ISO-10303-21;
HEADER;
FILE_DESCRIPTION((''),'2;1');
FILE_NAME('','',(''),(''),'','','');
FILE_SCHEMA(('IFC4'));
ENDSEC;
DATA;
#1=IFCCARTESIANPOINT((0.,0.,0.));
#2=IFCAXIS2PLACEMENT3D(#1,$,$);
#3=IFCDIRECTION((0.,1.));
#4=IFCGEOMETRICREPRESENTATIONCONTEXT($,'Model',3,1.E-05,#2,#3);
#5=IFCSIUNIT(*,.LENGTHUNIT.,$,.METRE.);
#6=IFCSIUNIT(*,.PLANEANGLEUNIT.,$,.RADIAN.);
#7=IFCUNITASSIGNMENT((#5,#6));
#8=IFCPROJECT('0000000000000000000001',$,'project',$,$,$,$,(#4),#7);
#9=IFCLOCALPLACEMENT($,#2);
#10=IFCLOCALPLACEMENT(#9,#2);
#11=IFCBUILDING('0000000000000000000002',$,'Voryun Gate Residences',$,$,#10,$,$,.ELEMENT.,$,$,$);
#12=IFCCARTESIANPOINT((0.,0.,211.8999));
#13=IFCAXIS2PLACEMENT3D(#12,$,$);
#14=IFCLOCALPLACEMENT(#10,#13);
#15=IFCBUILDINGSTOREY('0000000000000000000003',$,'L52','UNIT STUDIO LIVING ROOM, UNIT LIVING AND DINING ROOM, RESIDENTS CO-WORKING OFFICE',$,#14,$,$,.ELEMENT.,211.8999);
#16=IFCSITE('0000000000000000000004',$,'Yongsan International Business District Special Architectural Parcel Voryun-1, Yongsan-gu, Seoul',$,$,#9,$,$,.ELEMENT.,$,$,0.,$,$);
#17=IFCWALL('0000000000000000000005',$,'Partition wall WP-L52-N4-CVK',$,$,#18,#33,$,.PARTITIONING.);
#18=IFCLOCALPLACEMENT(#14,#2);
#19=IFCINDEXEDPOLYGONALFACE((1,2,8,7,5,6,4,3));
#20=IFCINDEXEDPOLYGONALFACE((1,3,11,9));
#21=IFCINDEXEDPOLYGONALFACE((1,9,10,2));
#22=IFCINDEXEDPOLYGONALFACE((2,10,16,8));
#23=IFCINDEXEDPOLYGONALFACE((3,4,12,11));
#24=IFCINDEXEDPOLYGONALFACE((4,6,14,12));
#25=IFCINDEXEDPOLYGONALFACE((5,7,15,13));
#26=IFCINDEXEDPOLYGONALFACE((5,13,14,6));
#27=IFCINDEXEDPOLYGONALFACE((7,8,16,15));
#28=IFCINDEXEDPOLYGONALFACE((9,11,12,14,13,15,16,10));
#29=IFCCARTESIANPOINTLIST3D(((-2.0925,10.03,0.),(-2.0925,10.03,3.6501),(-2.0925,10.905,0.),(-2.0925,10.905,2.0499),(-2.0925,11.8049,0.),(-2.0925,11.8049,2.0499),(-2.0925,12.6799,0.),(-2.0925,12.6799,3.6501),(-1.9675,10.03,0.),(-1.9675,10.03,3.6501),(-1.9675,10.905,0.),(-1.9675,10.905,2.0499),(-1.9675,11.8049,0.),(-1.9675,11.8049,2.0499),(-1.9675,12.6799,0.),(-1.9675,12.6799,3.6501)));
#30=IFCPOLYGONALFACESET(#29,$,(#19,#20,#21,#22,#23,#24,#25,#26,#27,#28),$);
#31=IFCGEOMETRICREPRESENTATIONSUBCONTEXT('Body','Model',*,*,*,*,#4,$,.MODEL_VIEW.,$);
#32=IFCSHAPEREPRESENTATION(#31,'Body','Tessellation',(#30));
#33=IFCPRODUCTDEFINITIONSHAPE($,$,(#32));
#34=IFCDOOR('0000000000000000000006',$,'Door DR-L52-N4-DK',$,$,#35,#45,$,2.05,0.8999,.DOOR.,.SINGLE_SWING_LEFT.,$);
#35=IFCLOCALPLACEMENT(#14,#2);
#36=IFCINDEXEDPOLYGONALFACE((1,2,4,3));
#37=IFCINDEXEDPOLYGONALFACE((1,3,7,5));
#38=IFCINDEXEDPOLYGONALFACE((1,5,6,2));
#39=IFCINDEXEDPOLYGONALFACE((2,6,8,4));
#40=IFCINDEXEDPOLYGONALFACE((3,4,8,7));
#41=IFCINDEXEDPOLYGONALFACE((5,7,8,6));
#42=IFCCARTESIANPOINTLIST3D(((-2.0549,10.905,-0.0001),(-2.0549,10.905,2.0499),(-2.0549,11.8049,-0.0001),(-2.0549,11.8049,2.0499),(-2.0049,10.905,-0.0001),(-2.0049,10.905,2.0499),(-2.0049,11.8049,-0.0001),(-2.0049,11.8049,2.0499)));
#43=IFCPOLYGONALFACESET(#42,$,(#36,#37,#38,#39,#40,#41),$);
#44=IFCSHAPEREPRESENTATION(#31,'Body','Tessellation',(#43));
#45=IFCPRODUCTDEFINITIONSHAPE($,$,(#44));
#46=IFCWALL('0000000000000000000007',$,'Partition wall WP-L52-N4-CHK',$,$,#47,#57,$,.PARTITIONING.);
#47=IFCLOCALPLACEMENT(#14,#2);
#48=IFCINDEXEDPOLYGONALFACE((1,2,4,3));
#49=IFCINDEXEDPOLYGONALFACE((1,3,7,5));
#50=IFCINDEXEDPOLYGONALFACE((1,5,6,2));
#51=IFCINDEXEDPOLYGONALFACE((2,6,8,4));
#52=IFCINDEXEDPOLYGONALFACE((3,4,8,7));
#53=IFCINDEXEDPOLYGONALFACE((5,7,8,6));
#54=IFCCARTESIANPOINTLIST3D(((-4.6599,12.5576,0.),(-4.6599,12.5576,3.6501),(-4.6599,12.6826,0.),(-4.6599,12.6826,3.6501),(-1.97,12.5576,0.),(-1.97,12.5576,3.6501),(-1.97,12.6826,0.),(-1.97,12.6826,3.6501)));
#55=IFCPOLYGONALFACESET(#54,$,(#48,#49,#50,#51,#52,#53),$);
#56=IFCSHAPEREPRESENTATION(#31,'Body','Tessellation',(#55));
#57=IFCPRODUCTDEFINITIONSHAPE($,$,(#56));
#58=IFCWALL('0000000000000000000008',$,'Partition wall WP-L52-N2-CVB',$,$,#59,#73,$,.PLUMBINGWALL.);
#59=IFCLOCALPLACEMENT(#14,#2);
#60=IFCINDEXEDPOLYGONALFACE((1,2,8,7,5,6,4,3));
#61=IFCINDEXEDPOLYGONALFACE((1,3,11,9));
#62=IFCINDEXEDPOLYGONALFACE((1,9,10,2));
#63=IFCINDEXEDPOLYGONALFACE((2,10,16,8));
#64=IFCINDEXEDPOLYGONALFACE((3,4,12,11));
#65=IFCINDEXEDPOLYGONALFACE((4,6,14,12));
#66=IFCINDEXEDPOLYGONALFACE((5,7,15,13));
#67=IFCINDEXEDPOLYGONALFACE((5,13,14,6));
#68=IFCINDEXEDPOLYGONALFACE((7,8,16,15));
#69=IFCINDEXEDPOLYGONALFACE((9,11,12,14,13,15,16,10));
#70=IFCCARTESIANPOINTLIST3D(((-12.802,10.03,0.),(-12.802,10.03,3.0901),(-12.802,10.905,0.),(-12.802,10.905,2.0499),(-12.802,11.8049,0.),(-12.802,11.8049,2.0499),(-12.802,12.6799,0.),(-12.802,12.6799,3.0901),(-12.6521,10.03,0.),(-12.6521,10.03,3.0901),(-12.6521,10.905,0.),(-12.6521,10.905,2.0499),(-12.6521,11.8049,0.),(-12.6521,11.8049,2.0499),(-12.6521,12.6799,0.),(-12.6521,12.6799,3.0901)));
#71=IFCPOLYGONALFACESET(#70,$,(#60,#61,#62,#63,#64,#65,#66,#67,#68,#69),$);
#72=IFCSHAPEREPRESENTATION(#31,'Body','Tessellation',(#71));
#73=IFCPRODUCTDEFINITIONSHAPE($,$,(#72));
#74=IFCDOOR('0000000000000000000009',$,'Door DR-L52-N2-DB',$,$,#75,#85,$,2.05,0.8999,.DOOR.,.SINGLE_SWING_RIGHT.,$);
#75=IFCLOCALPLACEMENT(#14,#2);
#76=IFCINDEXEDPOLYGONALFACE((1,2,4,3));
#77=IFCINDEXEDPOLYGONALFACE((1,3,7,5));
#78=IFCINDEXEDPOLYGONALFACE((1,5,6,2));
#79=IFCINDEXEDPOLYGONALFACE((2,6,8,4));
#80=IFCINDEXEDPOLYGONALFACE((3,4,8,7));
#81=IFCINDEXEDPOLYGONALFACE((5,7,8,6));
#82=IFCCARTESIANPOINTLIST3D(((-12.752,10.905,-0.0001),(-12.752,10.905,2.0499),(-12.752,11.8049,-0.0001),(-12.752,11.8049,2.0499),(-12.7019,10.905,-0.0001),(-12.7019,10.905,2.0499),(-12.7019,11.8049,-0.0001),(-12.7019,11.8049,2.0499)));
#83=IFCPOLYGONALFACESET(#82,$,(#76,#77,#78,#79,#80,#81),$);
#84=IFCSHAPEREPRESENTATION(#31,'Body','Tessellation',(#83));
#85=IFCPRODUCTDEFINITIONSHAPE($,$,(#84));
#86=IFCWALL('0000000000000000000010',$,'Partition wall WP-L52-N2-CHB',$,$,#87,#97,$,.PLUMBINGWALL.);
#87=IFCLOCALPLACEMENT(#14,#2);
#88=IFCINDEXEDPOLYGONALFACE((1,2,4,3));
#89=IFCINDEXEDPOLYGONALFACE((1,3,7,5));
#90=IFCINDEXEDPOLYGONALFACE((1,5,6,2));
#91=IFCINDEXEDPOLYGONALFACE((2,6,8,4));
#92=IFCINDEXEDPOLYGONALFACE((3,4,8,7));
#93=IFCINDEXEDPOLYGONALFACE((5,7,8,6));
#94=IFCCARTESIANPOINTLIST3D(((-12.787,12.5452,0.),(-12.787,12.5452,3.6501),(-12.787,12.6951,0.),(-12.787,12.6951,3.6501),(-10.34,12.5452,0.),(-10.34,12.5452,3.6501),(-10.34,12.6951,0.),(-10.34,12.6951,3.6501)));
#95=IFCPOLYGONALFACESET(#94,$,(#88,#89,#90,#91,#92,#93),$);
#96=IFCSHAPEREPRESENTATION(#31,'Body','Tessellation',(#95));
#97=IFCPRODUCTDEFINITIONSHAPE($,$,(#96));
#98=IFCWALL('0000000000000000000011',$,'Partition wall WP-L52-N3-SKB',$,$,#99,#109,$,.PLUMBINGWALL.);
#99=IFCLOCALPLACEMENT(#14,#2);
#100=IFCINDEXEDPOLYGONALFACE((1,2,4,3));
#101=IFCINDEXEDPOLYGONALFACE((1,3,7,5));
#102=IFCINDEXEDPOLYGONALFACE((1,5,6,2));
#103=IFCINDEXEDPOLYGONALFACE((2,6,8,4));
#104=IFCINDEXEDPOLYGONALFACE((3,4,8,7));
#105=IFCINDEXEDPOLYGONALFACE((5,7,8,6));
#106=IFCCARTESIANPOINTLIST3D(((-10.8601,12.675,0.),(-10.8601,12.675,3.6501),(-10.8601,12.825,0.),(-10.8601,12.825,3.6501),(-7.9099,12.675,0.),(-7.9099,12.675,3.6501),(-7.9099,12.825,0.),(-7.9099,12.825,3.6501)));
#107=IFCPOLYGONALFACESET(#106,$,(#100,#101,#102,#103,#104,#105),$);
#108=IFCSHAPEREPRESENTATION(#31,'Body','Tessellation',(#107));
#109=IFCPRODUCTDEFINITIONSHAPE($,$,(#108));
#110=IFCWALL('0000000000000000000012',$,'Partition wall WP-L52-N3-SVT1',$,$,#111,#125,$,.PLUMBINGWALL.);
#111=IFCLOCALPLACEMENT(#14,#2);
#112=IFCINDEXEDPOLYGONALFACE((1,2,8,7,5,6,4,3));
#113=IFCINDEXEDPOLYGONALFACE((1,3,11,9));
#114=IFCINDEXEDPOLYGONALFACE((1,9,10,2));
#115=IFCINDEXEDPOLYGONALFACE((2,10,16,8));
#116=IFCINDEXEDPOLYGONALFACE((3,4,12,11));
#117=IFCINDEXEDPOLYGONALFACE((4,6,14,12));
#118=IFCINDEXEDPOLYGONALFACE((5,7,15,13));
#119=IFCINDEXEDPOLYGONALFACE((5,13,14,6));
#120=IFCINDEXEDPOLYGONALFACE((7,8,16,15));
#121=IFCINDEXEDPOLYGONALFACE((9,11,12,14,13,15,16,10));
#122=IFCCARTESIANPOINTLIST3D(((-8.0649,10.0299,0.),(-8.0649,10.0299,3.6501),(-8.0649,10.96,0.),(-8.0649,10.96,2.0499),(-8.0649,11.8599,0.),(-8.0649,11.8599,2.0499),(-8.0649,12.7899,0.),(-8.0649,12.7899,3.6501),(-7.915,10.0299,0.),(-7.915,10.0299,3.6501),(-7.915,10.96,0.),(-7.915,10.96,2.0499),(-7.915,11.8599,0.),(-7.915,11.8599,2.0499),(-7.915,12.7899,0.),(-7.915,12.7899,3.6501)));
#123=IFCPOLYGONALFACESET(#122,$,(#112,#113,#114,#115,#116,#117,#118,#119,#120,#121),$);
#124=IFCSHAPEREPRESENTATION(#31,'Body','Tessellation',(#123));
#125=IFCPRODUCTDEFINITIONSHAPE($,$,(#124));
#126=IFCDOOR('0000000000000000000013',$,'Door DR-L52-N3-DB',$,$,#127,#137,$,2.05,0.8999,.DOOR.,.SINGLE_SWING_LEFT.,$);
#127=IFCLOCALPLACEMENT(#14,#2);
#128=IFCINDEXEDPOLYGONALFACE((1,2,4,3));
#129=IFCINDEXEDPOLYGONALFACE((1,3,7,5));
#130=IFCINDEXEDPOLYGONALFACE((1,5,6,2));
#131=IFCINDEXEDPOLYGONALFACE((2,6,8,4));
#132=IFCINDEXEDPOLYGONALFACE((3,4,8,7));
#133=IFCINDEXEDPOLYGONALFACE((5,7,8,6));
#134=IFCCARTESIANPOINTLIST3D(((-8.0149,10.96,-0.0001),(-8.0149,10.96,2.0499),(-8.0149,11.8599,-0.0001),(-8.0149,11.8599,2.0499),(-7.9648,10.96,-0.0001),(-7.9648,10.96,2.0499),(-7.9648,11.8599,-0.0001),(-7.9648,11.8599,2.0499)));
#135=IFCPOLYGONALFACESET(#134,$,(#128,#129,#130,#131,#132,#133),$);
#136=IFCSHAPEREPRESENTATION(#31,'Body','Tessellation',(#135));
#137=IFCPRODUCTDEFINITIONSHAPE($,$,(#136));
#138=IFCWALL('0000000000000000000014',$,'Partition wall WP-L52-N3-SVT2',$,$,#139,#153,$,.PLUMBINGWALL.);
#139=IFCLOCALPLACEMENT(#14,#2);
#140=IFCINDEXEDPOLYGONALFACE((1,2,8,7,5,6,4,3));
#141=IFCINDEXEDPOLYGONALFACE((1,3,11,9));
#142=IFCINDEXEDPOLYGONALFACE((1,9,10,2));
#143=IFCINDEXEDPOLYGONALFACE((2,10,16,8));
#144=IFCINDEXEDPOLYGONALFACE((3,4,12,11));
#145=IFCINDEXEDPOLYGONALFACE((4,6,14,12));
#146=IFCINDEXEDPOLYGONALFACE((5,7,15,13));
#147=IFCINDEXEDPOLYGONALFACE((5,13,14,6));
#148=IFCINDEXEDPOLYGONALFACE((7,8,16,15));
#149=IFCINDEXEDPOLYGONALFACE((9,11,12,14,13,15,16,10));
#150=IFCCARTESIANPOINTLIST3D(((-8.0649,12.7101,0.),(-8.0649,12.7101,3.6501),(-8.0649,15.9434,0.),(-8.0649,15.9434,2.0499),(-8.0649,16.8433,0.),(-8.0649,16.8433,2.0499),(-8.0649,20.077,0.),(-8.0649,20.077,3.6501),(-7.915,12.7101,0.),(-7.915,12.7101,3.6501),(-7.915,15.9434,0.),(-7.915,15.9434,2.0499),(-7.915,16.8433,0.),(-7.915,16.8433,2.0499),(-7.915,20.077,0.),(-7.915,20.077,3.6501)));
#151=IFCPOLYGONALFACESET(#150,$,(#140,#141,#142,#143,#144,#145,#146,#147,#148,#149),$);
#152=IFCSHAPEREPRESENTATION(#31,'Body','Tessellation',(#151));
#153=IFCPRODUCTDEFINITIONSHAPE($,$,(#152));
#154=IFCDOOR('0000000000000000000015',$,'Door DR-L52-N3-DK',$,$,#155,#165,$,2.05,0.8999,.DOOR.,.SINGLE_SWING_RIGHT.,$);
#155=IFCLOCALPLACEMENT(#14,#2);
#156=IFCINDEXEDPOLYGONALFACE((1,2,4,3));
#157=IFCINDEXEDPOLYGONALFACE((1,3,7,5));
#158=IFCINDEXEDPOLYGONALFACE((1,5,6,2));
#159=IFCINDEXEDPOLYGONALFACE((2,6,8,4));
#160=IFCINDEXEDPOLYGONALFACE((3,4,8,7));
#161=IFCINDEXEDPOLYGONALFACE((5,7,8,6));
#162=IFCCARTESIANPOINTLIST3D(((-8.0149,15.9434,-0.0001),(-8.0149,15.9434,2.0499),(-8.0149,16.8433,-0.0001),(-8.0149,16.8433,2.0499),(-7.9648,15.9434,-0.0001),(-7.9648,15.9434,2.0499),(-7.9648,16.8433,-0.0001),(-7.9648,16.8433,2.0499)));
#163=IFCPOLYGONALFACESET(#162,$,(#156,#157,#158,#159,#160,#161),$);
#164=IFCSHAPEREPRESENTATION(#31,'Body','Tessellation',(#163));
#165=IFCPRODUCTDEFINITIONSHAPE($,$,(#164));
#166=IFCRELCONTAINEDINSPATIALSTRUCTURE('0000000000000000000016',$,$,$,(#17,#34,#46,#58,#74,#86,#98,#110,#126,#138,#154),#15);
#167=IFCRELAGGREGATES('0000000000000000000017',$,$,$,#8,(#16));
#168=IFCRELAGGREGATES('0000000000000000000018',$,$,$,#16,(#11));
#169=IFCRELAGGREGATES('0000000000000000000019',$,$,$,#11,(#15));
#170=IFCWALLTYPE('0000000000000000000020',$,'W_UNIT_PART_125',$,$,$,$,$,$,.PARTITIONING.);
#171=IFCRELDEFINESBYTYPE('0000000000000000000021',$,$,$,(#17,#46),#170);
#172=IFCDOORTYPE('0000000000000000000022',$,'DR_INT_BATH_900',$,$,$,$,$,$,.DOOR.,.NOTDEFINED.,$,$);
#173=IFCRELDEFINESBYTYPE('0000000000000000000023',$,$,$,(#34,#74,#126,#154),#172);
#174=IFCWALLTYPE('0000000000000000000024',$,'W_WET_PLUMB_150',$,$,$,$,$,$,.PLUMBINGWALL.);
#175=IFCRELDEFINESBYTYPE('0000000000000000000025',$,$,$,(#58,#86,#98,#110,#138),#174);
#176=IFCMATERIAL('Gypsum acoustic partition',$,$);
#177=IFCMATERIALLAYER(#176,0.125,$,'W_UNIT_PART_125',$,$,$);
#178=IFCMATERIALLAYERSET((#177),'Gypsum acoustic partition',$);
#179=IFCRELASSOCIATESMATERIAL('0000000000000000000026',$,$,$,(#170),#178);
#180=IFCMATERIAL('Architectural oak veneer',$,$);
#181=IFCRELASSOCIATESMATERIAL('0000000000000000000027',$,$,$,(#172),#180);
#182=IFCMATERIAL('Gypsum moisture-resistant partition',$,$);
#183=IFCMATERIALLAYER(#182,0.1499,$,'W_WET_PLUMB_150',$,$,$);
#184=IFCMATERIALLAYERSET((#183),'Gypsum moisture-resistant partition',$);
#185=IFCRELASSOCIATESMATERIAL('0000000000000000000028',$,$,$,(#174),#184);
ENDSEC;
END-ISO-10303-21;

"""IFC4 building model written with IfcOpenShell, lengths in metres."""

from ifc_helpers import new_model, si_unit, direction, frame, frame_2d, origin, place, context, subcontext, project, spatial, rectangle, extrude, material, layer, layer_set, type_object, element, fill, save


model = new_model("IFC4")

# Units and contexts
model_context = context("Model", 3, precision=1e-05, world=origin(), true_north=direction((0.0, 1.0)))
body_context = subcontext(model_context, "Body", "Model", "MODEL_VIEW")
ifc_project = project(units=[si_unit("LENGTHUNIT", "METRE"), si_unit("PLANEANGLEUNIT", "RADIAN")], contexts=[model_context])

# Site, building, storey
site_placement = place(None, origin())
site = spatial("IfcSite", under=ifc_project, at=site_placement, Name="Yongsan International Business District Special Architectural Parcel Voryun-1, Yongsan-gu, Seoul", CompositionType="ELEMENT", RefElevation=0.0)
building_placement = place(site_placement, origin())
building = spatial("IfcBuilding", under=site, at=building_placement, Name="Voryun Gate Residences", CompositionType="ELEMENT")
storey_placement = place(building_placement, frame((0.0, 0.0, 211.8999)))
storey = spatial("IfcBuildingStorey", under=building, at=storey_placement, Name="L52", Description="UNIT STUDIO LIVING ROOM, UNIT LIVING AND DINING ROOM, RESIDENTS CO-WORKING OFFICE", CompositionType="ELEMENT", Elevation=211.8999)

# Wall, opening, door
ifc_material_1 = material(Name="Gypsum acoustic partition")
ifc_layer_1 = layer(ifc_material_1, 0.125, Name="W_UNIT_PART_125")
ifc_layer_set_1 = layer_set([ifc_layer_1], Name="Gypsum acoustic partition")
wall_type_1 = type_object("IfcWallType", Name="W_UNIT_PART_125", PredefinedType="PARTITIONING", material=ifc_layer_set_1)
ifc_material_2 = material(Name="Architectural oak veneer")
door_type = type_object("IfcDoorType", Name="DR_INT_BATH_900", OperationType="NOTDEFINED", PredefinedType="DOOR", material=ifc_material_2)
wall_1_placement = place(storey_placement, frame((-2.03, 10.03, 0.0), z_axis=(0.0, 0.0, 1.0), x_axis=(0.0, 1.0, 0.0)))
wall_1 = element("IfcWall", 1, at=wall_1_placement, inside=storey, type_object=wall_type_1, Name="Partition wall WP-L52-N4-CVK", PredefinedType="PARTITIONING", context=body_context, shape_type="SweptSolid", body=[
    extrude(rectangle(XDim=2.6499, YDim=0.125, at=frame_2d((1.325, 0.0))), origin(), (0.0, 0.0, 1.0), 3.6501),
])
opening_1_placement = place(wall_1_placement, frame((0.875, 0.0, 0.0)))
opening_1 = element("IfcOpeningElement", 2, at=opening_1_placement, cuts=wall_1, PredefinedType="OPENING", context=body_context, shape_type="SweptSolid", body=[
    extrude(rectangle(XDim=0.8999, YDim=2.05, at=frame_2d((0.45, 1.0249))), frame((0.0, 0.0725, 0.0), z_axis=(0.0, -1.0, 0.0), x_axis=(1.0, 0.0, 0.0)), (0.0, 0.0, 1.0), 0.145),
])
door_1_placement = place(opening_1_placement, origin())
door_1 = element("IfcDoor", 3, at=door_1_placement, inside=storey, type_object=door_type, Name="Door DR-L52-N4-DK", OperationType="SINGLE_SWING_LEFT", OverallHeight=2.05, OverallWidth=0.8999, PredefinedType="DOOR", context=body_context, shape_type="SweptSolid", body=[
    extrude(rectangle(XDim=0.8999, YDim=2.05, at=frame_2d((0.45, 1.0249))), frame((0.0, 0.0249, 0.0), z_axis=(0.0, -1.0, 0.0), x_axis=(1.0, 0.0, 0.0)), (0.0, 0.0, 1.0), 0.05),
])
fill(opening_1, door_1)

# Wall
wall_2_placement = place(storey_placement, frame((-4.6599, 12.6201, 0.0), z_axis=(0.0, 0.0, 1.0), x_axis=(1.0, 0.0, 0.0)))
element("IfcWall", 4, at=wall_2_placement, inside=storey, type_object=wall_type_1, Name="Partition wall WP-L52-N4-CHK", PredefinedType="PARTITIONING", context=body_context, shape_type="SweptSolid", body=[
    extrude(rectangle(XDim=2.6899, YDim=0.125, at=frame_2d((1.345, 0.0))), origin(), (0.0, 0.0, 1.0), 3.6501),
])

# Wall, opening, door
ifc_material_3 = material(Name="Gypsum moisture-resistant partition")
ifc_layer_2 = layer(ifc_material_3, 0.1499, Name="W_WET_PLUMB_150")
ifc_layer_set_2 = layer_set([ifc_layer_2], Name="Gypsum moisture-resistant partition")
wall_type_2 = type_object("IfcWallType", Name="W_WET_PLUMB_150", PredefinedType="PLUMBINGWALL", material=ifc_layer_set_2)
wall_3_placement = place(storey_placement, frame((-12.7271, 10.03, 0.0), z_axis=(0.0, 0.0, 1.0), x_axis=(0.0, 1.0, 0.0)))
wall_3 = element("IfcWall", 5, at=wall_3_placement, inside=storey, type_object=wall_type_2, Name="Partition wall WP-L52-N2-CVB", PredefinedType="PLUMBINGWALL", context=body_context, shape_type="SweptSolid", body=[
    extrude(rectangle(XDim=2.6499, YDim=0.1499, at=frame_2d((1.325, 0.0))), origin(), (0.0, 0.0, 1.0), 3.0901),
])
opening_2_placement = place(wall_3_placement, frame((0.875, 0.0, 0.0)))
opening_2 = element("IfcOpeningElement", 6, at=opening_2_placement, cuts=wall_3, PredefinedType="OPENING", context=body_context, shape_type="SweptSolid", body=[
    extrude(rectangle(XDim=0.8999, YDim=2.05, at=frame_2d((0.45, 1.0249))), frame((0.0, 0.085, 0.0), z_axis=(0.0, -1.0, 0.0), x_axis=(1.0, 0.0, 0.0)), (0.0, 0.0, 1.0), 0.1699),
])
door_2_placement = place(opening_2_placement, origin())
door_2 = element("IfcDoor", 7, at=door_2_placement, inside=storey, type_object=door_type, Name="Door DR-L52-N2-DB", OperationType="SINGLE_SWING_RIGHT", OverallHeight=2.05, OverallWidth=0.8999, PredefinedType="DOOR", context=body_context, shape_type="SweptSolid", body=[
    extrude(rectangle(XDim=0.8999, YDim=2.05, at=frame_2d((0.45, 1.0249))), frame((0.0, 0.0249, 0.0), z_axis=(0.0, -1.0, 0.0), x_axis=(1.0, 0.0, 0.0)), (0.0, 0.0, 1.0), 0.05),
])
fill(opening_2, door_2)

# Walls
wall_4_placement = place(storey_placement, frame((-12.7871, 12.6201, 0.0), z_axis=(0.0, 0.0, 1.0), x_axis=(1.0, 0.0, 0.0)))
element("IfcWall", 8, at=wall_4_placement, inside=storey, type_object=wall_type_2, Name="Partition wall WP-L52-N2-CHB", PredefinedType="PLUMBINGWALL", context=body_context, shape_type="SweptSolid", body=[
    extrude(rectangle(XDim=2.447, YDim=0.1499, at=frame_2d((1.2236, 0.0))), origin(), (0.0, 0.0, 1.0), 3.6501),
])
wall_5_placement = place(storey_placement, frame((-10.8601, 12.75, 0.0), z_axis=(0.0, 0.0, 1.0), x_axis=(1.0, 0.0, 0.0)))
element("IfcWall", 9, at=wall_5_placement, inside=storey, type_object=wall_type_2, Name="Partition wall WP-L52-N3-SKB", PredefinedType="PLUMBINGWALL", context=body_context, shape_type="SweptSolid", body=[
    extrude(rectangle(XDim=2.9502, YDim=0.1499, at=frame_2d((1.4751, 0.0))), origin(), (0.0, 0.0, 1.0), 3.6501),
])

# Walls, openings, doors
wall_6_placement = place(storey_placement, frame((-7.99, 10.03, 0.0), z_axis=(0.0, 0.0, 1.0), x_axis=(0.0, 1.0, 0.0)))
wall_6 = element("IfcWall", 10, at=wall_6_placement, inside=storey, type_object=wall_type_2, Name="Partition wall WP-L52-N3-SVT1", PredefinedType="PLUMBINGWALL", context=body_context, shape_type="SweptSolid", body=[
    extrude(rectangle(XDim=2.76, YDim=0.1499, at=frame_2d((1.3799, 0.0))), origin(), (0.0, 0.0, 1.0), 3.6501),
])
opening_3_placement = place(wall_6_placement, frame((0.9299, 0.0, 0.0)))
opening_3 = element("IfcOpeningElement", 11, at=opening_3_placement, cuts=wall_6, PredefinedType="OPENING", context=body_context, shape_type="SweptSolid", body=[
    extrude(rectangle(XDim=0.8999, YDim=2.05, at=frame_2d((0.45, 1.0249))), frame((0.0, 0.085, 0.0), z_axis=(0.0, -1.0, 0.0), x_axis=(1.0, 0.0, 0.0)), (0.0, 0.0, 1.0), 0.1699),
])
door_3_placement = place(opening_3_placement, origin())
door_3 = element("IfcDoor", 12, at=door_3_placement, inside=storey, type_object=door_type, Name="Door DR-L52-N3-DB", OperationType="SINGLE_SWING_LEFT", OverallHeight=2.05, OverallWidth=0.8999, PredefinedType="DOOR", context=body_context, shape_type="SweptSolid", body=[
    extrude(rectangle(XDim=0.8999, YDim=2.05, at=frame_2d((0.45, 1.0249))), frame((0.0, 0.0249, 0.0), z_axis=(0.0, -1.0, 0.0), x_axis=(1.0, 0.0, 0.0)), (0.0, 0.0, 1.0), 0.05),
])
fill(opening_3, door_3)
wall_7_placement = place(storey_placement, frame((-7.99, 12.71, 0.0), z_axis=(0.0, 0.0, 1.0), x_axis=(0.0, 1.0, 0.0)))
wall_7 = element("IfcWall", 13, at=wall_7_placement, inside=storey, type_object=wall_type_2, Name="Partition wall WP-L52-N3-SVT2", PredefinedType="PLUMBINGWALL", context=body_context, shape_type="SweptSolid", body=[
    extrude(rectangle(XDim=7.3669, YDim=0.1499, at=frame_2d((3.6836, 0.0))), origin(), (0.0, 0.0, 1.0), 3.6501),
])
opening_4_placement = place(wall_7_placement, frame((3.2334, 0.0, 0.0)))
opening_4 = element("IfcOpeningElement", 14, at=opening_4_placement, cuts=wall_7, PredefinedType="OPENING", context=body_context, shape_type="SweptSolid", body=[
    extrude(rectangle(XDim=0.8999, YDim=2.05, at=frame_2d((0.45, 1.0249))), frame((0.0, 0.085, 0.0), z_axis=(0.0, -1.0, 0.0), x_axis=(1.0, 0.0, 0.0)), (0.0, 0.0, 1.0), 0.1699),
])
door_4_placement = place(opening_4_placement, origin())
door_4 = element("IfcDoor", 15, at=door_4_placement, inside=storey, type_object=door_type, Name="Door DR-L52-N3-DK", OperationType="SINGLE_SWING_RIGHT", OverallHeight=2.05, OverallWidth=0.8999, PredefinedType="DOOR", context=body_context, shape_type="SweptSolid", body=[
    extrude(rectangle(XDim=0.8999, YDim=2.05, at=frame_2d((0.45, 1.0249))), frame((0.0, 0.0249, 0.0), z_axis=(0.0, -1.0, 0.0), x_axis=(1.0, 0.0, 0.0)), (0.0, 0.0, 1.0), 0.05),
])
fill(opening_4, door_4)

save(model, "model.ifc")
